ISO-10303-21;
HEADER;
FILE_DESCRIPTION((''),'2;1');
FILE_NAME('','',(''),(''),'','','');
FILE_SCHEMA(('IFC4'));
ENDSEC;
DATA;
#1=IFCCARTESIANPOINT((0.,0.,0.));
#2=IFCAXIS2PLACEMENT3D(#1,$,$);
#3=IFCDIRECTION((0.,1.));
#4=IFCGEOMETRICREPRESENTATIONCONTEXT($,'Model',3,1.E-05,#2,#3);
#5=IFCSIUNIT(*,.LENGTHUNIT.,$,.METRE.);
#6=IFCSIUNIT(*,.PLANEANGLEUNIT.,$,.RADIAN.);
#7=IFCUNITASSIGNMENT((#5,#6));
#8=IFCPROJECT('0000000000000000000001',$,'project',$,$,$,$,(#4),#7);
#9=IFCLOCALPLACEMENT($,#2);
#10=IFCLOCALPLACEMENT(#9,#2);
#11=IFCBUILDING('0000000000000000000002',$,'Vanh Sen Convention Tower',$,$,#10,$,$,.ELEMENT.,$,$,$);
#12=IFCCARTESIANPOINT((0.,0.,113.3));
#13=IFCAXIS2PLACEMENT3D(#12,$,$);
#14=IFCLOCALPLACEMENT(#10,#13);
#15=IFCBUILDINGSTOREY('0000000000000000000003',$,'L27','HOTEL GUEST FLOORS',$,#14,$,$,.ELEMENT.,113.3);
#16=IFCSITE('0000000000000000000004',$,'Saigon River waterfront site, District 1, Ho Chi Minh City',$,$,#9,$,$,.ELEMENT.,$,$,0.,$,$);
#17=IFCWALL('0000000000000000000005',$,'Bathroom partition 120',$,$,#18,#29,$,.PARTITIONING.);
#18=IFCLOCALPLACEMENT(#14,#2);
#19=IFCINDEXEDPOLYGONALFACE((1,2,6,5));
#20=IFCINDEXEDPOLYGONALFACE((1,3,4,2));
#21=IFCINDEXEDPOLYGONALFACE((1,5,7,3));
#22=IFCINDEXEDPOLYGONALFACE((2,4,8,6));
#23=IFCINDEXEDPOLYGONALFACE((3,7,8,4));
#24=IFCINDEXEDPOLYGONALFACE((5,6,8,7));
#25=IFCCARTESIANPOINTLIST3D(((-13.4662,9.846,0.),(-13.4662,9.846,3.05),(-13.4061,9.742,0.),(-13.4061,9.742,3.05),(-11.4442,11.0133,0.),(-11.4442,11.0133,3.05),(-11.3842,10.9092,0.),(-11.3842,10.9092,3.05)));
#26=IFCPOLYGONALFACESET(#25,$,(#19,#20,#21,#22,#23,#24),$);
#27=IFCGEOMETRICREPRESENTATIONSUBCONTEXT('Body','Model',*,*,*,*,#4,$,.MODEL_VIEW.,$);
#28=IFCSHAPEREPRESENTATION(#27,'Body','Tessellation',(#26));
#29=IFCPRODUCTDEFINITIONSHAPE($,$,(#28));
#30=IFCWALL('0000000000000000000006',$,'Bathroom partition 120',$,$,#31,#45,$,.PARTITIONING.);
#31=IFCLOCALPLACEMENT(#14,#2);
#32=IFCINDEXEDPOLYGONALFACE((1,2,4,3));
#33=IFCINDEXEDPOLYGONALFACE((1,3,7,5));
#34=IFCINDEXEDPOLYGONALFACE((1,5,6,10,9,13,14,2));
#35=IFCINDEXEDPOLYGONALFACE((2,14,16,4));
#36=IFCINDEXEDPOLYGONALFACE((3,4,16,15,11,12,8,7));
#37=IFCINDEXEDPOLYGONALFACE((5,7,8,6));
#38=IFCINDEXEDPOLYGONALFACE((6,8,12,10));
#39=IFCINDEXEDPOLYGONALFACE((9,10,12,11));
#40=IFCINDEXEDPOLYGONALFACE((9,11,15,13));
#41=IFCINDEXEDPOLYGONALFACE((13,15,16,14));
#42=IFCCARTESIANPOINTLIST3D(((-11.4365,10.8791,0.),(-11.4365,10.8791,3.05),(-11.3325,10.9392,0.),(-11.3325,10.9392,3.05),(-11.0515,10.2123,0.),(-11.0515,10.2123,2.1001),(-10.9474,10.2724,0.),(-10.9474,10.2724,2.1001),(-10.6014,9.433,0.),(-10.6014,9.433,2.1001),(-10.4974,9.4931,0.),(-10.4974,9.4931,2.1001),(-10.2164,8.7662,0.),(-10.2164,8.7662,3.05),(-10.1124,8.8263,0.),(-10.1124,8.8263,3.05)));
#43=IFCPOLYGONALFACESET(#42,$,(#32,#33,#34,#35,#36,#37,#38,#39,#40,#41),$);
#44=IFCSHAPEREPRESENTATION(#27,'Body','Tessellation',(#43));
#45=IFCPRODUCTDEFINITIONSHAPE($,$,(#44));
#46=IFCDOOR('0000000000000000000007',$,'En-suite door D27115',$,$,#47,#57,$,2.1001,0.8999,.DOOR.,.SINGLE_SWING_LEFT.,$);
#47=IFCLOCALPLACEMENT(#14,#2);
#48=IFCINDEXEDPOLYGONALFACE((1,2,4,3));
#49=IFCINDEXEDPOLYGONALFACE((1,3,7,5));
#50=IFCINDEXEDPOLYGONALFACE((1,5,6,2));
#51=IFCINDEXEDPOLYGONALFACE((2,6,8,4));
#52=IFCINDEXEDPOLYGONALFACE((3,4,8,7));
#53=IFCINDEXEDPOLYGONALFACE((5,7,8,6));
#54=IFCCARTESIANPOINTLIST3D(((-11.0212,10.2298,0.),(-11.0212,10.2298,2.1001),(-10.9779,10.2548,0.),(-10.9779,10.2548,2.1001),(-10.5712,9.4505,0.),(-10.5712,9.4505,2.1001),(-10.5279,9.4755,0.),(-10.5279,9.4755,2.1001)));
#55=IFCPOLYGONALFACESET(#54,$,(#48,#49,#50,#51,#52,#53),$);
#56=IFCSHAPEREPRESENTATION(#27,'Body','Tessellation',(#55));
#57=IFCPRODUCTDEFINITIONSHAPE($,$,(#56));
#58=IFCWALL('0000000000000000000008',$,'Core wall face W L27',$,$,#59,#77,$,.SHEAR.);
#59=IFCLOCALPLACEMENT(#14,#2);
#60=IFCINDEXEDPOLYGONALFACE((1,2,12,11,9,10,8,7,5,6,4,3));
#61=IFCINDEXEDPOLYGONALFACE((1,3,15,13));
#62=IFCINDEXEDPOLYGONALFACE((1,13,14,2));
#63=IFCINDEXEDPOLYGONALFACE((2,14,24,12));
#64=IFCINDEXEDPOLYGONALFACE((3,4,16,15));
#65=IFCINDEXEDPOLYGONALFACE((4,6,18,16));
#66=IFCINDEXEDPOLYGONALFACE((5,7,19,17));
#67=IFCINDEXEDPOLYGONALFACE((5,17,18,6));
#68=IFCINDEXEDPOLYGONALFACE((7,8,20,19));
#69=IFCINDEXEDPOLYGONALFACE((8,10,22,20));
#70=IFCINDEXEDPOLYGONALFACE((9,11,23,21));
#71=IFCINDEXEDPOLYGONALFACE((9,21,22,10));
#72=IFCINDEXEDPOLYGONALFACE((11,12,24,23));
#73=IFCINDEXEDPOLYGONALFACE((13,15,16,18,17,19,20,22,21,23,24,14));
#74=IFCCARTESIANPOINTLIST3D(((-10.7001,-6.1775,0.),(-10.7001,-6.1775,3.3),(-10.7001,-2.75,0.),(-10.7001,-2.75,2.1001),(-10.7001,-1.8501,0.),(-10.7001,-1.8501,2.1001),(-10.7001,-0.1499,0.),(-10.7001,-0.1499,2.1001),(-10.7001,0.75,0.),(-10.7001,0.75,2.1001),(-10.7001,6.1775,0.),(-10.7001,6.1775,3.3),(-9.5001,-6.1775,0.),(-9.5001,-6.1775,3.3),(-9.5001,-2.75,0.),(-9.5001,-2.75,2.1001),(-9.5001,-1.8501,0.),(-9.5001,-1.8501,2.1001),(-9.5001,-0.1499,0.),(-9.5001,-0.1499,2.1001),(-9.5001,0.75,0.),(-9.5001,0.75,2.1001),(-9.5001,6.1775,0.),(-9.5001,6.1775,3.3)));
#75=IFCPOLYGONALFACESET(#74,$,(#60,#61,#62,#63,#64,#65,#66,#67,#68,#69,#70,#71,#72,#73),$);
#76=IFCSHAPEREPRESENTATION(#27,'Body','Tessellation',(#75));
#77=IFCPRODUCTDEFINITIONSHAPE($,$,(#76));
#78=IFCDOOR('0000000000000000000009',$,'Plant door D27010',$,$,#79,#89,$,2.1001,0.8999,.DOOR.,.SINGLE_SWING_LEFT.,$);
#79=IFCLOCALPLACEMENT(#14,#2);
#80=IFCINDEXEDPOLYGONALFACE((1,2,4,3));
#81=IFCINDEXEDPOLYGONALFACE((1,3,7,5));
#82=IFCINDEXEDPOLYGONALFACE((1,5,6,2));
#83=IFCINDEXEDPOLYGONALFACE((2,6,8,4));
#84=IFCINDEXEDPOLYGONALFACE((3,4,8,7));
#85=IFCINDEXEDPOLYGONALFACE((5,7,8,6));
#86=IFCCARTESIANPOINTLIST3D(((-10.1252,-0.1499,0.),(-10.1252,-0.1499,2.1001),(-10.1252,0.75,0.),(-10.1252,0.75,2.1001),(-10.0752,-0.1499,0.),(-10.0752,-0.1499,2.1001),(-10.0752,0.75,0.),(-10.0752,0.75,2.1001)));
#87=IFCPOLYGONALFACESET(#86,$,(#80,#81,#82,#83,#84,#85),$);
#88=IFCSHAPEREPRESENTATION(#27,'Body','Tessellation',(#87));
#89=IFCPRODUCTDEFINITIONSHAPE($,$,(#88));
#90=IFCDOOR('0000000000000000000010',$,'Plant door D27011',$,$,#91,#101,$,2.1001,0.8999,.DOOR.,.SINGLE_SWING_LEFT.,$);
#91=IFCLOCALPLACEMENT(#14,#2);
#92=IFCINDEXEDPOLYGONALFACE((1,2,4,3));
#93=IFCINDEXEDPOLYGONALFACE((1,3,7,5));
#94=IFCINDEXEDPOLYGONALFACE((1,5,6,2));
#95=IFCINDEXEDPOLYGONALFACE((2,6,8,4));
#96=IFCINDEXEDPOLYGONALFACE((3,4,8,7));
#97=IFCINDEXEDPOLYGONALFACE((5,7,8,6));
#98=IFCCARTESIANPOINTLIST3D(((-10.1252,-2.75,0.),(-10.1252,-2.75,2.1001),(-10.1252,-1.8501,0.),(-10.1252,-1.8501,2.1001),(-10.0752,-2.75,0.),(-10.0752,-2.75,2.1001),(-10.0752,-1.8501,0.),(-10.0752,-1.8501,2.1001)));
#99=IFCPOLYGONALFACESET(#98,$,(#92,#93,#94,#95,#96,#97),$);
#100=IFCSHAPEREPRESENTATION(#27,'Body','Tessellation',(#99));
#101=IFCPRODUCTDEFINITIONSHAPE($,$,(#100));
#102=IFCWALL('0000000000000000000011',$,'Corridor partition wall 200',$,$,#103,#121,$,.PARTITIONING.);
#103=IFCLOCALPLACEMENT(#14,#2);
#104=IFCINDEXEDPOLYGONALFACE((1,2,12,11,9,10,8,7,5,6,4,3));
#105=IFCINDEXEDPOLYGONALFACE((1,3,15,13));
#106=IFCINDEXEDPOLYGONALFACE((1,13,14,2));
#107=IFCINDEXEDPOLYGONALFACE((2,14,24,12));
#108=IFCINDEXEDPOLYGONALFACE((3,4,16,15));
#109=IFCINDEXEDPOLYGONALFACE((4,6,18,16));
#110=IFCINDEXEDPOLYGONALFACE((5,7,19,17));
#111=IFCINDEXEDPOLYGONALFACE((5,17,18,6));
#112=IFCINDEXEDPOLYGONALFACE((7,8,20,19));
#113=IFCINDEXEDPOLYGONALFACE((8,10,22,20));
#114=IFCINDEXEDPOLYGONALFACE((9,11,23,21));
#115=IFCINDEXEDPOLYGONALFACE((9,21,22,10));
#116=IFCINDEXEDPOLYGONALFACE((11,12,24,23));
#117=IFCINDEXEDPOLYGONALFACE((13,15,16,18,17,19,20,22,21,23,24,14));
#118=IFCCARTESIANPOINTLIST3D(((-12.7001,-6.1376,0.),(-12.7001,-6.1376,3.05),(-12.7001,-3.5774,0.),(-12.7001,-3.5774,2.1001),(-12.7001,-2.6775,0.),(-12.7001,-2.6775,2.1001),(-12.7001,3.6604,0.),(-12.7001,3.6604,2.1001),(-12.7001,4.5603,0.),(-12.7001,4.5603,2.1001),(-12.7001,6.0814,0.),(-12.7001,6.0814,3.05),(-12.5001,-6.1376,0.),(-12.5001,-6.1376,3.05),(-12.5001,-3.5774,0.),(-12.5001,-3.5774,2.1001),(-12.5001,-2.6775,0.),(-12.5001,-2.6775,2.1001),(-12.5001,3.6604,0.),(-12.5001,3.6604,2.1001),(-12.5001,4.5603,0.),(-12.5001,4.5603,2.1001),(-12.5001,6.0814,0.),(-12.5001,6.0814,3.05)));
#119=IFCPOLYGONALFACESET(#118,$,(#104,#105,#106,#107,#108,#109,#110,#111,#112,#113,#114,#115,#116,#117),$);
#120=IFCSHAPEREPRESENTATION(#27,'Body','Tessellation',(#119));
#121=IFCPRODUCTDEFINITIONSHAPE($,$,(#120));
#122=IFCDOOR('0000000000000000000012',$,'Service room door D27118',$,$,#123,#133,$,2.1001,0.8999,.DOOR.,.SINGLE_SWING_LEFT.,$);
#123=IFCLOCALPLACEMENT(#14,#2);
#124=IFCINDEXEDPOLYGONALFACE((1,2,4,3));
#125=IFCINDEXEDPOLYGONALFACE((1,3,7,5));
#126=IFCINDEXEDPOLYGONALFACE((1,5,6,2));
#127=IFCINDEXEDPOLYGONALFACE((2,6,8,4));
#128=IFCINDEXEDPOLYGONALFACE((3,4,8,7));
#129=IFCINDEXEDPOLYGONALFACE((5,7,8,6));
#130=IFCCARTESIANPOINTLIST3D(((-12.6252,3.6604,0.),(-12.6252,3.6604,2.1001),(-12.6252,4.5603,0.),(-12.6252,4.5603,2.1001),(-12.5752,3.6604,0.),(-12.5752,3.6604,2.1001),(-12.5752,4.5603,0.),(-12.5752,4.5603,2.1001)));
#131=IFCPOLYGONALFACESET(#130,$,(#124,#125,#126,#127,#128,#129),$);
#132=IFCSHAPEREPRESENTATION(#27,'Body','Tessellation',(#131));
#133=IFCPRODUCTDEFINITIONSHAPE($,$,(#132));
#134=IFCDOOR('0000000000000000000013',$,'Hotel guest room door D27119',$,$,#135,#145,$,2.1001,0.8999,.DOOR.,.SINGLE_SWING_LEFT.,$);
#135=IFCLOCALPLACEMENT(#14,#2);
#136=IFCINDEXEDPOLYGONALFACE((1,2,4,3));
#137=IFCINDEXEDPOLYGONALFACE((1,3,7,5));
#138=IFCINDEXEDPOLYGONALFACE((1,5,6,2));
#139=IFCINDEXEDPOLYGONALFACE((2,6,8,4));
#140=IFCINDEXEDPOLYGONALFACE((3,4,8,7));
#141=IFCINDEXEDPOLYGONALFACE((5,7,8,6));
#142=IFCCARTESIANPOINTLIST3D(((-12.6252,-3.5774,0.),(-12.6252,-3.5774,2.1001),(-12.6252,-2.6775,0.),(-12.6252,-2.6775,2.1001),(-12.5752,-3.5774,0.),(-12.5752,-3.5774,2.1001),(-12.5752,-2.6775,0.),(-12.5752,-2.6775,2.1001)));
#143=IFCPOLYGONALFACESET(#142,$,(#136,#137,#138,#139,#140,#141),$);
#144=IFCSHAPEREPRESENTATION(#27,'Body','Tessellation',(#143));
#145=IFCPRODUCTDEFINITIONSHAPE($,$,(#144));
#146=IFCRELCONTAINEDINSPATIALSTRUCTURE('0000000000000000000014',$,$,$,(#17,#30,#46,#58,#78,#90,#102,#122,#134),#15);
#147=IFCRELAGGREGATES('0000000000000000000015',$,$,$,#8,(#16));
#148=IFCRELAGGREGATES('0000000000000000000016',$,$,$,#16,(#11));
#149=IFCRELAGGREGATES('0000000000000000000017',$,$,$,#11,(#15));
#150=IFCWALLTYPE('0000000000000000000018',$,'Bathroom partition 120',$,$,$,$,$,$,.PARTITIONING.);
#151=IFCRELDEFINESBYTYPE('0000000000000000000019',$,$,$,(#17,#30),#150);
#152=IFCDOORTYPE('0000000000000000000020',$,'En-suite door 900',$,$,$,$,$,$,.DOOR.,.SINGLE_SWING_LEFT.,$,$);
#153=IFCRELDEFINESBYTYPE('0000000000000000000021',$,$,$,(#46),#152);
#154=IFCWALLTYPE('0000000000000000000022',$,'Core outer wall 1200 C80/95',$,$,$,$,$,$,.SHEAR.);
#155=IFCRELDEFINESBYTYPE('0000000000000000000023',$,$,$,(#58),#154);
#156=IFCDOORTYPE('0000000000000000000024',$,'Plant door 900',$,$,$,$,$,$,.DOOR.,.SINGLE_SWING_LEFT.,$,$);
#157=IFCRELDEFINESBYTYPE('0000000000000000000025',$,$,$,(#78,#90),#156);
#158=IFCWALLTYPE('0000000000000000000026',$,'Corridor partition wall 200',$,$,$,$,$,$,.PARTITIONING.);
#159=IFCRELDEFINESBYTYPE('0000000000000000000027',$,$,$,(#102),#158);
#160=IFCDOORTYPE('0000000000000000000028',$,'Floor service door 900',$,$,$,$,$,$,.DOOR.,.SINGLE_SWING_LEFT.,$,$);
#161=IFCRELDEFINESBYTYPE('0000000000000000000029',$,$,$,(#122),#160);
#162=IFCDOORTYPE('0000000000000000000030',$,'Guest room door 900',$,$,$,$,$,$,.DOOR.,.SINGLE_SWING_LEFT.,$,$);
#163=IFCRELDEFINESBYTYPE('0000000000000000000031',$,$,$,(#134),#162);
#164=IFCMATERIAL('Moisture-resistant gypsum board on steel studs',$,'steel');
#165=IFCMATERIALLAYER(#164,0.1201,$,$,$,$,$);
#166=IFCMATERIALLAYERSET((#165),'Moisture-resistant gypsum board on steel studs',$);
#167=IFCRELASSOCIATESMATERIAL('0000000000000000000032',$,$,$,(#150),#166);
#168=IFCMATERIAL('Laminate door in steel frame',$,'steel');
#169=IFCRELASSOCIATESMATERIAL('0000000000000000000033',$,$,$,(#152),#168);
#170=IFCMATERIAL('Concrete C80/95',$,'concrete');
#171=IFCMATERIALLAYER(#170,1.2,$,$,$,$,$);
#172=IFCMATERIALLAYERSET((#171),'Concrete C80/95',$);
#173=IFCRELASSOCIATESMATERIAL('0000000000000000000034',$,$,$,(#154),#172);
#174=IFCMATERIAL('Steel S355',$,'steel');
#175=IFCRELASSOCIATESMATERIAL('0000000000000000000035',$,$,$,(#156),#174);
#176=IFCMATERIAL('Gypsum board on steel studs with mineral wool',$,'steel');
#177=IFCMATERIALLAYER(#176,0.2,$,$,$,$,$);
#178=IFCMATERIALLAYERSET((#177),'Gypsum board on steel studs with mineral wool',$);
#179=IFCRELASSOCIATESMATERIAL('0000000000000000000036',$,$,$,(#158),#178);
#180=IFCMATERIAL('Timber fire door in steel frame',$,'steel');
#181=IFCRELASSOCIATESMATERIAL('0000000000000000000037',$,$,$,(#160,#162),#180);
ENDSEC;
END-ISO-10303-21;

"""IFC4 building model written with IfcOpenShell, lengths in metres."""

from ifc_helpers import new_model, si_unit, direction, frame, frame_2d, origin, place, context, subcontext, project, spatial, rectangle, extrude, material, layer, layer_set, type_object, element, fill, save


model = new_model("IFC4")

# Units and contexts
model_context = context("Model", 3, precision=1e-05, world=origin(), true_north=direction((0.0, 1.0)))
body_context = subcontext(model_context, "Body", "Model", "MODEL_VIEW")
ifc_project = project(units=[si_unit("LENGTHUNIT", "METRE"), si_unit("PLANEANGLEUNIT", "RADIAN")], contexts=[model_context])

# Site, building, storey
site_placement = place(None, origin())
site = spatial("IfcSite", under=ifc_project, at=site_placement, Name="Saigon River waterfront site, District 1, Ho Chi Minh City", CompositionType="ELEMENT", RefElevation=0.0)
building_placement = place(site_placement, origin())
building = spatial("IfcBuilding", under=site, at=building_placement, Name="Vanh Sen Convention Tower", CompositionType="ELEMENT")
storey_placement = place(building_placement, frame((0.0, 0.0, 113.3)))
storey = spatial("IfcBuildingStorey", under=building, at=storey_placement, Name="L27", Description="HOTEL GUEST FLOORS", CompositionType="ELEMENT", Elevation=113.3)

# Wall
ifc_material_1 = material(Name="Moisture-resistant gypsum board on steel studs", Category="steel")
ifc_layer_1 = layer(ifc_material_1, 0.1201)
ifc_layer_set_1 = layer_set([ifc_layer_1], Name="Moisture-resistant gypsum board on steel studs")
wall_type_1 = type_object("IfcWallType", Name="Bathroom partition 120", PredefinedType="PARTITIONING", material=ifc_layer_set_1)
wall_1_placement = place(storey_placement, frame((-13.4363, 9.7939, 0.0), z_axis=(0.0, 0.0, 1.0), x_axis=(0.866053, 0.499952, 0.0)))
element("IfcWall", 1, at=wall_1_placement, inside=storey, type_object=wall_type_1, Name="Bathroom partition 120", PredefinedType="PARTITIONING", context=body_context, shape_type="SweptSolid", body=[
    extrude(rectangle(XDim=2.3347, YDim=0.1201, at=frame_2d((1.1675, 0.0))), origin(), (0.0, 0.0, 1.0), 3.05),
])

# Wall, opening, door
wall_2_placement = place(storey_placement, frame((-11.3845, 10.9092, 0.0), z_axis=(0.0, 0.0, 1.0), x_axis=(0.500078, -0.865981, 0.0)))
wall_2 = element("IfcWall", 2, at=wall_2_placement, inside=storey, type_object=wall_type_1, Name="Bathroom partition 120", PredefinedType="PARTITIONING", context=body_context, shape_type="SweptSolid", body=[
    extrude(rectangle(XDim=2.4399, YDim=0.1201, at=frame_2d((1.22, 0.0))), origin(), (0.0, 0.0, 1.0), 3.05),
])
opening_1_placement = place(wall_2_placement, frame((0.77, 0.0, 0.0)))
opening_1 = element("IfcOpeningElement", 3, at=opening_1_placement, cuts=wall_2, PredefinedType="OPENING", context=body_context, shape_type="SweptSolid", body=[
    extrude(rectangle(XDim=0.8999, YDim=2.1001, at=frame_2d((0.45, 1.05))), frame((0.0, 0.0701, 0.0), z_axis=(0.0, -1.0, 0.0), x_axis=(1.0, 0.0, 0.0)), (0.0, 0.0, 1.0), 0.1401),
])
ifc_material_2 = material(Name="Laminate door in steel frame", Category="steel")
door_type_1 = type_object("IfcDoorType", Name="En-suite door 900", OperationType="SINGLE_SWING_LEFT", PredefinedType="DOOR", material=ifc_material_2)
door_1_placement = place(opening_1_placement, origin())
door_1 = element("IfcDoor", 4, at=door_1_placement, inside=storey, type_object=door_type_1, Name="En-suite door D27115", OperationType="SINGLE_SWING_LEFT", OverallHeight=2.1001, OverallWidth=0.8999, PredefinedType="DOOR", context=body_context, shape_type="SweptSolid", body=[
    extrude(rectangle(XDim=0.8999, YDim=2.1001, at=frame_2d((0.45, 1.05))), frame((0.0, 0.0249, 0.0), z_axis=(0.0, -1.0, 0.0), x_axis=(1.0, 0.0, 0.0)), (0.0, 0.0, 1.0), 0.05),
])
fill(opening_1, door_1)

# Walls, openings, doors
ifc_material_3 = material(Name="Concrete C80/95", Category="concrete")
ifc_layer_2 = layer(ifc_material_3, 1.2)
ifc_layer_set_2 = layer_set([ifc_layer_2], Name="Concrete C80/95")
wall_type_2 = type_object("IfcWallType", Name="Core outer wall 1200 C80/95", PredefinedType="SHEAR", material=ifc_layer_set_2)
wall_3_placement = place(storey_placement, frame((-10.1001, 6.1775, 0.0), z_axis=(0.0, 0.0, 1.0), x_axis=(0.0, -1.0, 0.0)))
wall_3 = element("IfcWall", 5, at=wall_3_placement, inside=storey, type_object=wall_type_2, Name="Core wall face W L27", PredefinedType="SHEAR", context=body_context, shape_type="SweptSolid", body=[
    extrude(rectangle(XDim=12.355, YDim=1.2, at=frame_2d((6.1775, 0.0))), origin(), (0.0, 0.0, 1.0), 3.3),
])
opening_2_placement = place(wall_3_placement, frame((5.4275, 0.0, 0.0)))
opening_2 = element("IfcOpeningElement", 6, at=opening_2_placement, cuts=wall_3, PredefinedType="OPENING", context=body_context, shape_type="SweptSolid", body=[
    extrude(rectangle(XDim=0.8999, YDim=2.1001, at=frame_2d((0.45, 1.05))), frame((0.0, 0.6099, 0.0), z_axis=(0.0, -1.0, 0.0), x_axis=(1.0, 0.0, 0.0)), (0.0, 0.0, 1.0), 1.22),
])
opening_3_placement = place(wall_3_placement, frame((8.0276, 0.0, 0.0)))
opening_3 = element("IfcOpeningElement", 7, at=opening_3_placement, cuts=wall_3, PredefinedType="OPENING", context=body_context, shape_type="SweptSolid", body=[
    extrude(rectangle(XDim=0.8999, YDim=2.1001, at=frame_2d((0.45, 1.05))), frame((0.0, 0.6099, 0.0), z_axis=(0.0, -1.0, 0.0), x_axis=(1.0, 0.0, 0.0)), (0.0, 0.0, 1.0), 1.22),
])
ifc_material_4 = material(Name="Steel S355", Category="steel")
door_type_2 = type_object("IfcDoorType", Name="Plant door 900", OperationType="SINGLE_SWING_LEFT", PredefinedType="DOOR", material=ifc_material_4)
door_2_placement = place(opening_2_placement, origin())
door_2 = element("IfcDoor", 8, at=door_2_placement, inside=storey, type_object=door_type_2, Name="Plant door D27010", OperationType="SINGLE_SWING_LEFT", OverallHeight=2.1001, OverallWidth=0.8999, PredefinedType="DOOR", context=body_context, shape_type="SweptSolid", body=[
    extrude(rectangle(XDim=0.8999, YDim=2.1001, at=frame_2d((0.45, 1.05))), frame((0.0, 0.0249, 0.0), z_axis=(0.0, -1.0, 0.0), x_axis=(1.0, 0.0, 0.0)), (0.0, 0.0, 1.0), 0.05),
])
fill(opening_2, door_2)
door_3_placement = place(opening_3_placement, origin())
door_3 = element("IfcDoor", 9, at=door_3_placement, inside=storey, type_object=door_type_2, Name="Plant door D27011", OperationType="SINGLE_SWING_LEFT", OverallHeight=2.1001, OverallWidth=0.8999, PredefinedType="DOOR", context=body_context, shape_type="SweptSolid", body=[
    extrude(rectangle(XDim=0.8999, YDim=2.1001, at=frame_2d((0.45, 1.05))), frame((0.0, 0.0249, 0.0), z_axis=(0.0, -1.0, 0.0), x_axis=(1.0, 0.0, 0.0)), (0.0, 0.0, 1.0), 0.05),
])
fill(opening_3, door_3)
ifc_material_5 = material(Name="Gypsum board on steel studs with mineral wool", Category="steel")
ifc_layer_3 = layer(ifc_material_5, 0.2)
ifc_layer_set_3 = layer_set([ifc_layer_3], Name="Gypsum board on steel studs with mineral wool")
wall_type_3 = type_object("IfcWallType", Name="Corridor partition wall 200", PredefinedType="PARTITIONING", material=ifc_layer_set_3)
wall_4_placement = place(storey_placement, frame((-12.6001, 6.0813, 0.0), z_axis=(0.0, 0.0, 1.0), x_axis=(0.0, -1.0, 0.0)))
wall_4 = element("IfcWall", 10, at=wall_4_placement, inside=storey, type_object=wall_type_3, Name="Corridor partition wall 200", PredefinedType="PARTITIONING", context=body_context, shape_type="SweptSolid", body=[
    extrude(rectangle(XDim=12.219, YDim=0.2, at=frame_2d((6.1094, 0.0))), origin(), (0.0, 0.0, 1.0), 3.05),
])
opening_4_placement = place(wall_4_placement, frame((1.521, 0.0, 0.0)))
opening_4 = element("IfcOpeningElement", 11, at=opening_4_placement, cuts=wall_4, PredefinedType="OPENING", context=body_context, shape_type="SweptSolid", body=[
    extrude(rectangle(XDim=0.8999, YDim=2.1001, at=frame_2d((0.45, 1.05))), frame((0.0, 0.1099, 0.0), z_axis=(0.0, -1.0, 0.0), x_axis=(1.0, 0.0, 0.0)), (0.0, 0.0, 1.0), 0.22),
])
opening_5_placement = place(wall_4_placement, frame((8.7588, 0.0, 0.0)))
opening_5 = element("IfcOpeningElement", 12, at=opening_5_placement, cuts=wall_4, PredefinedType="OPENING", context=body_context, shape_type="SweptSolid", body=[
    extrude(rectangle(XDim=0.8999, YDim=2.1001, at=frame_2d((0.45, 1.05))), frame((0.0, 0.1099, 0.0), z_axis=(0.0, -1.0, 0.0), x_axis=(1.0, 0.0, 0.0)), (0.0, 0.0, 1.0), 0.22),
])
ifc_material_6 = material(Name="Timber fire door in steel frame", Category="steel")
door_type_3 = type_object("IfcDoorType", Name="Floor service door 900", OperationType="SINGLE_SWING_LEFT", PredefinedType="DOOR", material=ifc_material_6)
door_4_placement = place(opening_4_placement, origin())
door_4 = element("IfcDoor", 13, at=door_4_placement, inside=storey, type_object=door_type_3, Name="Service room door D27118", OperationType="SINGLE_SWING_LEFT", OverallHeight=2.1001, OverallWidth=0.8999, PredefinedType="DOOR", context=body_context, shape_type="SweptSolid", body=[
    extrude(rectangle(XDim=0.8999, YDim=2.1001, at=frame_2d((0.45, 1.05))), frame((0.0, 0.0249, 0.0), z_axis=(0.0, -1.0, 0.0), x_axis=(1.0, 0.0, 0.0)), (0.0, 0.0, 1.0), 0.05),
])
fill(opening_4, door_4)
door_type_4 = type_object("IfcDoorType", Name="Guest room door 900", OperationType="SINGLE_SWING_LEFT", PredefinedType="DOOR", material=ifc_material_6)
door_5_placement = place(opening_5_placement, origin())
door_5 = element("IfcDoor", 14, at=door_5_placement, inside=storey, type_object=door_type_4, Name="Hotel guest room door D27119", OperationType="SINGLE_SWING_LEFT", OverallHeight=2.1001, OverallWidth=0.8999, PredefinedType="DOOR", context=body_context, shape_type="SweptSolid", body=[
    extrude(rectangle(XDim=0.8999, YDim=2.1001, at=frame_2d((0.45, 1.05))), frame((0.0, 0.0249, 0.0), z_axis=(0.0, -1.0, 0.0), x_axis=(1.0, 0.0, 0.0)), (0.0, 0.0, 1.0), 0.05),
])
fill(opening_5, door_5)

save(model, "model.ifc")
